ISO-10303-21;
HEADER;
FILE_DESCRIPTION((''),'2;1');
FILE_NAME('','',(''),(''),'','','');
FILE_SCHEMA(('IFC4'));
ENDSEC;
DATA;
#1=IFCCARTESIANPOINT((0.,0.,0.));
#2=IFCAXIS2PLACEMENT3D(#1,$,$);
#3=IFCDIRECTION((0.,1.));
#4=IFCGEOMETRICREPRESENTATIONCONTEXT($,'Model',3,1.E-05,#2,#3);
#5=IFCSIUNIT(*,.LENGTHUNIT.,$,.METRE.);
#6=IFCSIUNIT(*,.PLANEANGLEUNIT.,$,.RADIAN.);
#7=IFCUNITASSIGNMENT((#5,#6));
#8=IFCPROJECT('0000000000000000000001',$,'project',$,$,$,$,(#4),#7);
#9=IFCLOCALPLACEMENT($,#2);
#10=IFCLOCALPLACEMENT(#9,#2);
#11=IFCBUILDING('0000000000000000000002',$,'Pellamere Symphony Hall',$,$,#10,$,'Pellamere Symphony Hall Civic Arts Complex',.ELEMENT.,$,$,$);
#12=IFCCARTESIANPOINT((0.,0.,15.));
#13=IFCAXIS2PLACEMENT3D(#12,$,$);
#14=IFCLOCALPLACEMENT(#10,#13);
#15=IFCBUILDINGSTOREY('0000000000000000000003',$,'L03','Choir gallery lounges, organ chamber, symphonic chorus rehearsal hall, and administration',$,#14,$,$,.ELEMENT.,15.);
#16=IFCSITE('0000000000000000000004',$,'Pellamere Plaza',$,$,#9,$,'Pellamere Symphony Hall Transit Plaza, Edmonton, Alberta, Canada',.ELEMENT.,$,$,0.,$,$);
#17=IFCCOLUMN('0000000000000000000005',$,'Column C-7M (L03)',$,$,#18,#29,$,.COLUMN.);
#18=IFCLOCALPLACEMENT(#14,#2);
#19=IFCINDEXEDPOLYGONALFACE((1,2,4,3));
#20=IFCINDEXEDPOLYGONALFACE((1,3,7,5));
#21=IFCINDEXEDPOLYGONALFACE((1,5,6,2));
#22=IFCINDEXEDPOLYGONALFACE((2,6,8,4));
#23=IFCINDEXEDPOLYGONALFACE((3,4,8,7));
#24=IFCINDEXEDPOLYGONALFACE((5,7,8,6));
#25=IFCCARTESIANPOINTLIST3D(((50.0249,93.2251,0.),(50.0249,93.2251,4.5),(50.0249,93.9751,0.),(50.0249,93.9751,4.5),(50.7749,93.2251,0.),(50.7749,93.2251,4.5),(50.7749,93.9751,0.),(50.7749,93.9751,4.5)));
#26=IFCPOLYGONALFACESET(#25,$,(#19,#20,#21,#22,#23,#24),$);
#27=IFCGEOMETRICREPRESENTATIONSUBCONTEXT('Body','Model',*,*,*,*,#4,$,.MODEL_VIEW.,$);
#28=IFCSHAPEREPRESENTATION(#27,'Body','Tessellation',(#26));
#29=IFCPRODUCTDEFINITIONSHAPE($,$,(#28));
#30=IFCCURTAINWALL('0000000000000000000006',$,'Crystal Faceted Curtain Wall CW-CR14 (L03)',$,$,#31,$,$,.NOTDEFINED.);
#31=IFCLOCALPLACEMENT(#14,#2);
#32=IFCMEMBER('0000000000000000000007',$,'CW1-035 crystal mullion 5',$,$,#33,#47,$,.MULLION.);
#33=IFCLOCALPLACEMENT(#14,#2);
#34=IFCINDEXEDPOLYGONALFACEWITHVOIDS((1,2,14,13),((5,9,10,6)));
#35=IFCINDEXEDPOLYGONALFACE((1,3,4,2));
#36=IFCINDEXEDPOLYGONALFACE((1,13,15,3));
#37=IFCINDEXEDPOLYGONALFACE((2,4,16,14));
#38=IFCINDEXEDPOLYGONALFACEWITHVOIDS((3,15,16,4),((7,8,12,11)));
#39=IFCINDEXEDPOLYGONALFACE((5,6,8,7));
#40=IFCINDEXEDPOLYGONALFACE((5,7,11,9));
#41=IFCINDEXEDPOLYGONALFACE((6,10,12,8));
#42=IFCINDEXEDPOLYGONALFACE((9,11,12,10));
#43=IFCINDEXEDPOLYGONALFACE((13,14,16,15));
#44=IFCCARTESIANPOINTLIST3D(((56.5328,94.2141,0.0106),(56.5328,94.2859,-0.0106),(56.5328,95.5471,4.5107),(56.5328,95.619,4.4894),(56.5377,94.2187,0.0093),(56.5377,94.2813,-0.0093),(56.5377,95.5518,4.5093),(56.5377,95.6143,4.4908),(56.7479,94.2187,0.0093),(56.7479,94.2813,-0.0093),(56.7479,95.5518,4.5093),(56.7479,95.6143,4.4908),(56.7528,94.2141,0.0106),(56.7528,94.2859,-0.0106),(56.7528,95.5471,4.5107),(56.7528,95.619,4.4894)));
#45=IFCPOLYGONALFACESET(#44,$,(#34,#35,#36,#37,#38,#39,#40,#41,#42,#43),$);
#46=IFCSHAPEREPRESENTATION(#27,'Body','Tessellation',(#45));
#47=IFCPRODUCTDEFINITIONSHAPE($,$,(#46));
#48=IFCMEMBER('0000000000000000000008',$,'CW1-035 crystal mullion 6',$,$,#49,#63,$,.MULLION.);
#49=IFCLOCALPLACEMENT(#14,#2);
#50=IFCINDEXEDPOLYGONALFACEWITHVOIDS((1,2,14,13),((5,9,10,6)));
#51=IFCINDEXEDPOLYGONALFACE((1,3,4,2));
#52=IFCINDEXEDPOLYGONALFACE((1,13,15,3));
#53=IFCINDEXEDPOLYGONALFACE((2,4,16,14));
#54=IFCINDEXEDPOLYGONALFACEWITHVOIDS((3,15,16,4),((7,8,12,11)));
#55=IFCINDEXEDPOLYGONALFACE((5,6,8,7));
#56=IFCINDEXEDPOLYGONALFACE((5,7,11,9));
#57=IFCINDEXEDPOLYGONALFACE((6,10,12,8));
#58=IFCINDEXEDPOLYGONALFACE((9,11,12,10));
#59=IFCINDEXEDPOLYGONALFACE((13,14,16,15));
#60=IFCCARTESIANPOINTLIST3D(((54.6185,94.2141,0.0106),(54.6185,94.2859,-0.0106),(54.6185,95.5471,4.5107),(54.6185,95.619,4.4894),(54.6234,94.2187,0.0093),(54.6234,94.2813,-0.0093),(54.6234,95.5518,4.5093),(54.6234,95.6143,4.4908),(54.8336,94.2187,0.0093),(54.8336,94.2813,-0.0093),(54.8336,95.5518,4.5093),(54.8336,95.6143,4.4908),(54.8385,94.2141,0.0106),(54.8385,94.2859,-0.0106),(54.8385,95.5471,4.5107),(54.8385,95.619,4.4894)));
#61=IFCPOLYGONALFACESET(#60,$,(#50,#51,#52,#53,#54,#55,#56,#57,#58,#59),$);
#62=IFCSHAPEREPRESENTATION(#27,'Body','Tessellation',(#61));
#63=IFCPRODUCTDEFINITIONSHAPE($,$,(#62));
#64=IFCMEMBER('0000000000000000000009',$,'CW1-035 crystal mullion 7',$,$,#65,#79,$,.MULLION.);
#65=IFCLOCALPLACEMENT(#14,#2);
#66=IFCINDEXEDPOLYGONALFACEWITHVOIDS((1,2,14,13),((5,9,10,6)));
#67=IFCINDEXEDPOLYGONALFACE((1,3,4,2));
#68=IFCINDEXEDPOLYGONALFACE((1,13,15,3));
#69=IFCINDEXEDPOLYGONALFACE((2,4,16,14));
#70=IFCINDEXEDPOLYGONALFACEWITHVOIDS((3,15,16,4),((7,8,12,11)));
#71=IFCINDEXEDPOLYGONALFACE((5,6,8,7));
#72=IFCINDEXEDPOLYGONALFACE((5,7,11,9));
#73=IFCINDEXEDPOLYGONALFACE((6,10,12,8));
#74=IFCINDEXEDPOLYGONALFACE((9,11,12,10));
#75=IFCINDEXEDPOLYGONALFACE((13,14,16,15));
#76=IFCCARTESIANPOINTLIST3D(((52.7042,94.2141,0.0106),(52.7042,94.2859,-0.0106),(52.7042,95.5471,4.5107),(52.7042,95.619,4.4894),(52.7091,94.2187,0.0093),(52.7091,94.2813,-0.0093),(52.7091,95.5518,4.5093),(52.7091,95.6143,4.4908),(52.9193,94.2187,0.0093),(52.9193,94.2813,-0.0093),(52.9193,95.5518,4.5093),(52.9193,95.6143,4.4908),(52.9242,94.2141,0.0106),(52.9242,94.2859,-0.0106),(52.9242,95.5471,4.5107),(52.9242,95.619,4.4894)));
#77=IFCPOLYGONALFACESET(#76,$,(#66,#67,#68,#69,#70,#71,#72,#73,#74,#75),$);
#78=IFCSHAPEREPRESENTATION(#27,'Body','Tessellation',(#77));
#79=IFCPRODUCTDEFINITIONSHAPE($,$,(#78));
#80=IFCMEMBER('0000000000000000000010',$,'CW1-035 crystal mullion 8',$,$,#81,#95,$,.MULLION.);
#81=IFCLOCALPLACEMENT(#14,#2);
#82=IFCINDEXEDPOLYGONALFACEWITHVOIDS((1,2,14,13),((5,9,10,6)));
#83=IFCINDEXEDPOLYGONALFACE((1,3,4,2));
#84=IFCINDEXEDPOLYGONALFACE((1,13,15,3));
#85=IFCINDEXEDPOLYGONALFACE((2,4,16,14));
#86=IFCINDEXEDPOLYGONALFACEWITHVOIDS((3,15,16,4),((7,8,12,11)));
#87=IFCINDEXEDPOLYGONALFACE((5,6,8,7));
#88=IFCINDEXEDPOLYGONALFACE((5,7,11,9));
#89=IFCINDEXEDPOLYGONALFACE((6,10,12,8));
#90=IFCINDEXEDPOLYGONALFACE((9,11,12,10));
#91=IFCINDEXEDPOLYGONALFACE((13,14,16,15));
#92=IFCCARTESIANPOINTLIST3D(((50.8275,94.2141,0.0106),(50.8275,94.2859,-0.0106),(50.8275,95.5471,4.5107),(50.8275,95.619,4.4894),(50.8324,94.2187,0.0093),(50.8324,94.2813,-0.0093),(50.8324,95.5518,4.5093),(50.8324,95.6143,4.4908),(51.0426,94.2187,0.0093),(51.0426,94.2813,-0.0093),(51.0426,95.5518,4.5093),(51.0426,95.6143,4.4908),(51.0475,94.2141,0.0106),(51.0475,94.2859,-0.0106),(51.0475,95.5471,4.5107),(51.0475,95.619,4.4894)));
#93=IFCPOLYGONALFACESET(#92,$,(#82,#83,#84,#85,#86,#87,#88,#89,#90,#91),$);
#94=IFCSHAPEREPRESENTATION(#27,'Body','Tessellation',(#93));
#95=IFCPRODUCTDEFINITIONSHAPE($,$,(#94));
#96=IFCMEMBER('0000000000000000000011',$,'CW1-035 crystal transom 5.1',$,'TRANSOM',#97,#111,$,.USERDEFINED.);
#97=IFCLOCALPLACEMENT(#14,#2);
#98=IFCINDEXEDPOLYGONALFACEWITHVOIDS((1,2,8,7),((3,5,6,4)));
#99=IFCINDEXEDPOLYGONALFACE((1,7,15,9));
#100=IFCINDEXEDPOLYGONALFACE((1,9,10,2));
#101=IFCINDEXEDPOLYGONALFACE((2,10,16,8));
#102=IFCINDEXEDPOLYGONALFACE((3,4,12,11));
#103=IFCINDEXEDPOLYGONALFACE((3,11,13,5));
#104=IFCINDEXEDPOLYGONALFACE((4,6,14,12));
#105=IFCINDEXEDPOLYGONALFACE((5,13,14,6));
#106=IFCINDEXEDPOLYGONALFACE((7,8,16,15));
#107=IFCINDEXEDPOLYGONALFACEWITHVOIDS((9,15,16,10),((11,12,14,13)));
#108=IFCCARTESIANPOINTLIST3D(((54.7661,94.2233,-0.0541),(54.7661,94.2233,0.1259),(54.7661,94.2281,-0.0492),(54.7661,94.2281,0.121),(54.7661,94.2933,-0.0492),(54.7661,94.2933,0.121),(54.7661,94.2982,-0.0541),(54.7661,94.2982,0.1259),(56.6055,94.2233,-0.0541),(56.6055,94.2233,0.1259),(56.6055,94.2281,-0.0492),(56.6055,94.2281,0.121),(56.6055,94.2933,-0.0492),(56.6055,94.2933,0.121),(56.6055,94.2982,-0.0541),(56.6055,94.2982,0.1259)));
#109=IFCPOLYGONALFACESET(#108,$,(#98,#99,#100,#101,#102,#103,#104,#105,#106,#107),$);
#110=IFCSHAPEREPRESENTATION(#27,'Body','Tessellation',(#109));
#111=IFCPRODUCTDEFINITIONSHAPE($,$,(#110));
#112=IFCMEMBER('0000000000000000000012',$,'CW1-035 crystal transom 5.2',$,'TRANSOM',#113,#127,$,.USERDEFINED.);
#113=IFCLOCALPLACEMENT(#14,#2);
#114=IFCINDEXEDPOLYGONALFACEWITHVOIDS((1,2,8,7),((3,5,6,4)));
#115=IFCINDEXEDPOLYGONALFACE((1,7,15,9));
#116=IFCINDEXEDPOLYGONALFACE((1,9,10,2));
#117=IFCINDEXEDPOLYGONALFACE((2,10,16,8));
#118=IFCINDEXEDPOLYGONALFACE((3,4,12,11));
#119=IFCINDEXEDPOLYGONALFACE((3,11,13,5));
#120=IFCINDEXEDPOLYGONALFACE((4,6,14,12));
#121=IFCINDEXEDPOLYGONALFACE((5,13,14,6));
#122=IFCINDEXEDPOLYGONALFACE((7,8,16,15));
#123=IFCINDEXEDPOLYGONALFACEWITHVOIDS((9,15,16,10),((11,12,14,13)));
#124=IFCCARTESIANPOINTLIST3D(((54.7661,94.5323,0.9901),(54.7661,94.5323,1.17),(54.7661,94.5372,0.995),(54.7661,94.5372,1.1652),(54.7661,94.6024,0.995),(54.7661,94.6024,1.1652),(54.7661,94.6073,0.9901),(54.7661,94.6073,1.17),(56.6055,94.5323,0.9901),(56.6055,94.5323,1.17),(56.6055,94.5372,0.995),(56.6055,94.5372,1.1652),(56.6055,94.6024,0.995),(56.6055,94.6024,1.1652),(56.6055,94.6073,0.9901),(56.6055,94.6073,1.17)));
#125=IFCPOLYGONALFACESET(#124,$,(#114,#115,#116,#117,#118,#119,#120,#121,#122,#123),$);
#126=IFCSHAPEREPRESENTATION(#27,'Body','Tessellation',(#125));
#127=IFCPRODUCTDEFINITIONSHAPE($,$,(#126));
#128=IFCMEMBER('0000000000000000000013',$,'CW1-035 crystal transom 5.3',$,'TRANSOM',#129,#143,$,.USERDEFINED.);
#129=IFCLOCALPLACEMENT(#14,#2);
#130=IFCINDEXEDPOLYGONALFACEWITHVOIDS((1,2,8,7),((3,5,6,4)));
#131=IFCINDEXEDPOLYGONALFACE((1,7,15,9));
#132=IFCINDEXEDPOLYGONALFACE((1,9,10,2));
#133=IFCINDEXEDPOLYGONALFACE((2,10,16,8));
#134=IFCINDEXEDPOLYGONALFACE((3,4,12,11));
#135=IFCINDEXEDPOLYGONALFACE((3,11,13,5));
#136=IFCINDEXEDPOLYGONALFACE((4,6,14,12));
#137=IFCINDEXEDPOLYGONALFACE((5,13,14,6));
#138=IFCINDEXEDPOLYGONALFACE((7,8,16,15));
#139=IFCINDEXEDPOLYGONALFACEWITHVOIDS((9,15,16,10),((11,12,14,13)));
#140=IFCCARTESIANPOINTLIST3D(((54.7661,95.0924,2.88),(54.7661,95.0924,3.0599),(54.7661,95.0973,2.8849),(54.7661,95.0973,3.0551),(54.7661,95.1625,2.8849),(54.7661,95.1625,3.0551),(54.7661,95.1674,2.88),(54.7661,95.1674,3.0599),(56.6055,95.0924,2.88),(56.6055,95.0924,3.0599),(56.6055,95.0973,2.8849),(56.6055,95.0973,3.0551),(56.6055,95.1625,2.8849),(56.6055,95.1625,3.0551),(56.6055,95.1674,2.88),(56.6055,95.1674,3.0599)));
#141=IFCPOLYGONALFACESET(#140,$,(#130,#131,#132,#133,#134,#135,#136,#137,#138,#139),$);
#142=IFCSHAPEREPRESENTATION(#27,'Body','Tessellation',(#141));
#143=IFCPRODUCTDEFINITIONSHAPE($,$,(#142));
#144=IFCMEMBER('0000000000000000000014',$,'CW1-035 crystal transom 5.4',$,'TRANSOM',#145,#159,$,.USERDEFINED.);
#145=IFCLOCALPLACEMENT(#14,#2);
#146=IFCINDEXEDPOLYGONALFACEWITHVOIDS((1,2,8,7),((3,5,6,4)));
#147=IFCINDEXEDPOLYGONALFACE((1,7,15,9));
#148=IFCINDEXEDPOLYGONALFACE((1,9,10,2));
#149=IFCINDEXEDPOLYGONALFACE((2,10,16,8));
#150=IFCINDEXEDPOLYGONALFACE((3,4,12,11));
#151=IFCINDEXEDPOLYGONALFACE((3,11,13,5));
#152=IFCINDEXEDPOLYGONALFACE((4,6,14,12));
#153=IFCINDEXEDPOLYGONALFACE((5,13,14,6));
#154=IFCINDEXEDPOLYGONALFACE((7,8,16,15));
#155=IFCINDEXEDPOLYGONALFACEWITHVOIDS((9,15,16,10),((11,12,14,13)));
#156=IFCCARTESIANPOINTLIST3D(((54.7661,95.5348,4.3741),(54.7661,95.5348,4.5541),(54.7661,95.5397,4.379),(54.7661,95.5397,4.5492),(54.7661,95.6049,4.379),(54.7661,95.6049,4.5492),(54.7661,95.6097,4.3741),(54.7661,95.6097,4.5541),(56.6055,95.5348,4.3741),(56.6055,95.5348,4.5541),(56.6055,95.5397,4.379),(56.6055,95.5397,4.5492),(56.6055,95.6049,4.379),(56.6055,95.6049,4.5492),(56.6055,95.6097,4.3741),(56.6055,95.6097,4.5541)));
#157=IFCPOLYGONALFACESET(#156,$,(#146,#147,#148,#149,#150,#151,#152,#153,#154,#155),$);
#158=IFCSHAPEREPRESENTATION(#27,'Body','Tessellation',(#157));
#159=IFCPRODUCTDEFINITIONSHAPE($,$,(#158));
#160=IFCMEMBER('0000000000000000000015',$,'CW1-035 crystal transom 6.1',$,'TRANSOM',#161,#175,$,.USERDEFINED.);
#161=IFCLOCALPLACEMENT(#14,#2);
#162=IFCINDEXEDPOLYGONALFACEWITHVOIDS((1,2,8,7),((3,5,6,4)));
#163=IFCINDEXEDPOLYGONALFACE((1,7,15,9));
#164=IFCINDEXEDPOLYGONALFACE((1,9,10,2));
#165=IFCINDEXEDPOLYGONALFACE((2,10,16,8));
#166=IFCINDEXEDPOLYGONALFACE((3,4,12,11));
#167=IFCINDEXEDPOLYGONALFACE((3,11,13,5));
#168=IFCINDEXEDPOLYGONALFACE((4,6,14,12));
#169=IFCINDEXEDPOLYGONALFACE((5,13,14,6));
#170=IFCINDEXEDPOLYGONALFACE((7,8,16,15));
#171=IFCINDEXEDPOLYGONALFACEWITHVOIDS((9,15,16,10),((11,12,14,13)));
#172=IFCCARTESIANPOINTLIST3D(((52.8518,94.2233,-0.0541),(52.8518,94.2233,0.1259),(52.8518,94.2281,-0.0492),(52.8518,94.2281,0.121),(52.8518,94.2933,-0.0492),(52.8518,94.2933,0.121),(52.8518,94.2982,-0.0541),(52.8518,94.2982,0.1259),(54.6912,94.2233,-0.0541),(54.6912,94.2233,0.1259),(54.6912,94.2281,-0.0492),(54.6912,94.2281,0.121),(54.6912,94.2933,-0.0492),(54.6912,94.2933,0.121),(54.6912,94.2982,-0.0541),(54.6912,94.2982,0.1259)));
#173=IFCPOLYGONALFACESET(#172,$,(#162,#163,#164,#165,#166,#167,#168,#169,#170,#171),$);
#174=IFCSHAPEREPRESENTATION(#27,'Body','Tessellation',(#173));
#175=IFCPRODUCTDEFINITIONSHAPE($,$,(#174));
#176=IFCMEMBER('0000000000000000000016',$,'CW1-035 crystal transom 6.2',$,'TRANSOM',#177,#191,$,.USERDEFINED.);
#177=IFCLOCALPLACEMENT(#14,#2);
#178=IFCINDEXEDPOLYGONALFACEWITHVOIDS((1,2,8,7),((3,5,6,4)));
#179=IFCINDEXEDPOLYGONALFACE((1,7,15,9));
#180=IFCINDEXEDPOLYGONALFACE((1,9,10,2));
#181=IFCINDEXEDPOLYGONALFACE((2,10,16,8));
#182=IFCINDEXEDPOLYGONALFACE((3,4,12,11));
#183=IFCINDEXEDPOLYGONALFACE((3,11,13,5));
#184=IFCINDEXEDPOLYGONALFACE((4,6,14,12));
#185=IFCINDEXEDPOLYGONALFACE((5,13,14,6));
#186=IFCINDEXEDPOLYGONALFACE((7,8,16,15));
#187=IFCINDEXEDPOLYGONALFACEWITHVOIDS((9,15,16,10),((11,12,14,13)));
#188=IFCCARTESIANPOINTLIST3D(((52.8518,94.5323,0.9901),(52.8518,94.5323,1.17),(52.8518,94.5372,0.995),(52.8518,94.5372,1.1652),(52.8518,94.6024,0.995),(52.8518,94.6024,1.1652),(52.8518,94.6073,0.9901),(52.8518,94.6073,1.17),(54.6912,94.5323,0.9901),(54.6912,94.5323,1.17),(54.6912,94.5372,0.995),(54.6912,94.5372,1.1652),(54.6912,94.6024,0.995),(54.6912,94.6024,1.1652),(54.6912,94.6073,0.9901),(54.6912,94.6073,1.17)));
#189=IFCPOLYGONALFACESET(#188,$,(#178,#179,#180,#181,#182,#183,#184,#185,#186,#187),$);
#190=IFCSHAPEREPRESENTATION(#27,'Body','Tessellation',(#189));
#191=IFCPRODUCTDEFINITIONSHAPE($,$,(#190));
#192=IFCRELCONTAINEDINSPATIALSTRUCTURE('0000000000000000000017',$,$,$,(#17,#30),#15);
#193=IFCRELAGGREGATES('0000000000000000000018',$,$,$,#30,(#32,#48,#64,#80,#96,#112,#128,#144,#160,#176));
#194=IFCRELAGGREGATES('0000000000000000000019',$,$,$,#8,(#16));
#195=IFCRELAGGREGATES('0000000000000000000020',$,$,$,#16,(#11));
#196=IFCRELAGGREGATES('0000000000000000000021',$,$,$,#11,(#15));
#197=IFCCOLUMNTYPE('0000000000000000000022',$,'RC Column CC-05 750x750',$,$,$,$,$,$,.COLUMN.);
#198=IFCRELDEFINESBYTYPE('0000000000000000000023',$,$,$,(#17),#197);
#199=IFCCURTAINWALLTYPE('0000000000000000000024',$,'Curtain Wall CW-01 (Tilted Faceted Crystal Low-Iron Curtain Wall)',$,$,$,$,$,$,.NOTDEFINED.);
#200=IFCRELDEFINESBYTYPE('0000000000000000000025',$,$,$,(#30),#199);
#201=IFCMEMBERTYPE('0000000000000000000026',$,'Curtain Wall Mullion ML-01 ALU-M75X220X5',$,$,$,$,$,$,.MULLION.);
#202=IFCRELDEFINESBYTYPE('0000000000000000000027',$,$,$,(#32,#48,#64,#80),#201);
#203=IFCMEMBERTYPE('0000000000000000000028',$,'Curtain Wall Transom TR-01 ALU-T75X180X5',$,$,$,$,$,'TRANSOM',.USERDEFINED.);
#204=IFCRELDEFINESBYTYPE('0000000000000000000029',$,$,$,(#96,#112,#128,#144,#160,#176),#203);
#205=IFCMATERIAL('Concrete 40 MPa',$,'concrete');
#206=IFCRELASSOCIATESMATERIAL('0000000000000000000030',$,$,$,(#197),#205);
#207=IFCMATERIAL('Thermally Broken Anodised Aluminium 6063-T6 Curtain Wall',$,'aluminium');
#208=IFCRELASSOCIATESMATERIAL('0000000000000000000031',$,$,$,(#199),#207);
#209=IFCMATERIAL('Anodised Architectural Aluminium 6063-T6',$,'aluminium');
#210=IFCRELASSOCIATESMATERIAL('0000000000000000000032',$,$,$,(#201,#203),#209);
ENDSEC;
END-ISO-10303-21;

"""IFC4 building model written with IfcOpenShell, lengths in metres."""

from ifc_helpers import new_model, si_unit, direction, frame, origin, origin_2d, place, context, subcontext, project, spatial, rectangle, hollow_rectangle, extrude, material, material_profile, profile_set, type_object, element, aggregate, save


model = new_model("IFC4")

# Units and contexts
model_context = context("Model", 3, precision=1e-05, world=origin(), true_north=direction((0.0, 1.0)))
body_context = subcontext(model_context, "Body", "Model", "MODEL_VIEW")
ifc_project = project(units=[si_unit("LENGTHUNIT", "METRE"), si_unit("PLANEANGLEUNIT", "RADIAN")], contexts=[model_context])

# Site, building, storey
site_placement = place(None, origin())
site = spatial("IfcSite", under=ifc_project, at=site_placement, Name="Pellamere Plaza", LongName="Pellamere Symphony Hall Transit Plaza, Edmonton, Alberta, Canada", CompositionType="ELEMENT", RefElevation=0.0)
building_placement = place(site_placement, origin())
building = spatial("IfcBuilding", under=site, at=building_placement, Name="Pellamere Symphony Hall", LongName="Pellamere Symphony Hall Civic Arts Complex", CompositionType="ELEMENT")
storey_placement = place(building_placement, frame((0.0, 0.0, 15.0)))
storey = spatial("IfcBuildingStorey", under=building, at=storey_placement, Name="L03", Description="Choir gallery lounges, organ chamber, symphonic chorus rehearsal hall, and administration", CompositionType="ELEMENT", Elevation=15.0)

# Column
ifc_material_1 = material(Name="Concrete 40 MPa", Category="concrete")
ifc_material_profile_1 = material_profile(ifc_material_1, rectangle(XDim=0.75, YDim=0.75, at=origin_2d()), Name="RC 750x750")
ifc_profile_set_1 = profile_set([ifc_material_profile_1], Name="Concrete 40 MPa")
column_type = type_object("IfcColumnType", Name="RC Column CC-05 750x750", PredefinedType="COLUMN", material=ifc_profile_set_1)
column_placement = place(storey_placement, frame((50.3999, 93.6001, 0.0), z_axis=(0.0, 0.0, 1.0), x_axis=(1.0, 0.0, 0.0)))
element("IfcColumn", 1, at=column_placement, inside=storey, type_object=column_type, Name="Column C-7M (L03)", PredefinedType="COLUMN", context=body_context, shape_type="SweptSolid", body=[
    extrude(rectangle(XDim=0.75, YDim=0.75, at=origin_2d()), origin(), (0.0, 0.0, 1.0), 4.5),
])

# Curtain wall, members
ifc_material_2 = material(Name="Thermally Broken Anodised Aluminium 6063-T6 Curtain Wall", Category="aluminium")
curtain_wall_type = type_object("IfcCurtainWallType", Name="Curtain Wall CW-01 (Tilted Faceted Crystal Low-Iron Curtain Wall)", PredefinedType="NOTDEFINED", material=ifc_material_2)
curtain_wall_placement = place(storey_placement, origin())
curtain_wall = element("IfcCurtainWall", 2, at=curtain_wall_placement, inside=storey, type_object=curtain_wall_type, Name="Crystal Faceted Curtain Wall CW-CR14 (L03)", PredefinedType="NOTDEFINED")
ifc_material_3 = material(Name="Anodised Architectural Aluminium 6063-T6", Category="aluminium")
ifc_material_profile_2 = material_profile(ifc_material_3, hollow_rectangle(XDim=0.075, YDim=0.22, WallThickness=0.0049, at=origin_2d()), Name="ALU-M75X220X5")
ifc_profile_set_2 = profile_set([ifc_material_profile_2], Name="Anodised Architectural Aluminium 6063-T6")
member_type_1 = type_object("IfcMemberType", Name="Curtain Wall Mullion ML-01 ALU-M75X220X5", PredefinedType="MULLION", material=ifc_profile_set_2)
member_1_placement = place(storey_placement, frame((56.6428, 94.25, 0.0), z_axis=(0.0, 0.284025, 0.958817), x_axis=(0.0, 0.958817, -0.284025)))
member_1 = element("IfcMember", 3, at=member_1_placement, type_object=member_type_1, Name="CW1-035 crystal mullion 5", PredefinedType="MULLION", context=body_context, shape_type="SweptSolid", body=[
    extrude(hollow_rectangle(XDim=0.075, YDim=0.22, WallThickness=0.0049, at=origin_2d()), origin(), (0.0, 0.0, 1.0), 4.6934),
])
member_2_placement = place(storey_placement, frame((54.7285, 94.25, 0.0), z_axis=(0.0, 0.284025, 0.958817), x_axis=(0.0, 0.958817, -0.284025)))
member_2 = element("IfcMember", 4, at=member_2_placement, type_object=member_type_1, Name="CW1-035 crystal mullion 6", PredefinedType="MULLION", context=body_context, shape_type="SweptSolid", body=[
    extrude(hollow_rectangle(XDim=0.075, YDim=0.22, WallThickness=0.0049, at=origin_2d()), origin(), (0.0, 0.0, 1.0), 4.6934),
])
member_3_placement = place(storey_placement, frame((52.8142, 94.25, 0.0), z_axis=(0.0, 0.284025, 0.958817), x_axis=(0.0, 0.958817, -0.284025)))
member_3 = element("IfcMember", 5, at=member_3_placement, type_object=member_type_1, Name="CW1-035 crystal mullion 7", PredefinedType="MULLION", context=body_context, shape_type="SweptSolid", body=[
    extrude(hollow_rectangle(XDim=0.075, YDim=0.22, WallThickness=0.0049, at=origin_2d()), origin(), (0.0, 0.0, 1.0), 4.6934),
])
member_4_placement = place(storey_placement, frame((50.9375, 94.25, 0.0), z_axis=(0.0, 0.284025, 0.958817), x_axis=(0.0, 0.958817, -0.284025)))
member_4 = element("IfcMember", 6, at=member_4_placement, type_object=member_type_1, Name="CW1-035 crystal mullion 8", PredefinedType="MULLION", context=body_context, shape_type="SweptSolid", body=[
    extrude(hollow_rectangle(XDim=0.075, YDim=0.22, WallThickness=0.0049, at=origin_2d()), origin(), (0.0, 0.0, 1.0), 4.6934),
])
ifc_material_profile_3 = material_profile(ifc_material_3, hollow_rectangle(XDim=0.075, YDim=0.1799, WallThickness=0.0049, at=origin_2d()), Name="ALU-T75X180X5")
ifc_profile_set_3 = profile_set([ifc_material_profile_3], Name="Anodised Architectural Aluminium 6063-T6")
member_type_2 = type_object("IfcMemberType", Name="Curtain Wall Transom TR-01 ALU-T75X180X5", ElementType="TRANSOM", PredefinedType="USERDEFINED", material=ifc_profile_set_3)
member_5_placement = place(storey_placement, frame((56.6055, 94.2607, 0.0359), z_axis=(-1.0, 0.0, 0.0), x_axis=(0.0, -1.0, 0.0)))
member_5 = element("IfcMember", 7, at=member_5_placement, type_object=member_type_2, Name="CW1-035 crystal transom 5.1", ObjectType="TRANSOM", PredefinedType="USERDEFINED", context=body_context, shape_type="SweptSolid", body=[
    extrude(hollow_rectangle(XDim=0.075, YDim=0.1799, WallThickness=0.0049, at=origin_2d()), origin(), (0.0, 0.0, 1.0), 1.8394),
])
member_6_placement = place(storey_placement, frame((56.6055, 94.5698, 1.0801), z_axis=(-1.0, 0.0, 0.0), x_axis=(0.0, -1.0, 0.0)))
member_6 = element("IfcMember", 8, at=member_6_placement, type_object=member_type_2, Name="CW1-035 crystal transom 5.2", ObjectType="TRANSOM", PredefinedType="USERDEFINED", context=body_context, shape_type="SweptSolid", body=[
    extrude(hollow_rectangle(XDim=0.075, YDim=0.1799, WallThickness=0.0049, at=origin_2d()), origin(), (0.0, 0.0, 1.0), 1.8394),
])
member_7_placement = place(storey_placement, frame((56.6055, 95.1299, 2.97), z_axis=(-1.0, 0.0, 0.0), x_axis=(0.0, -1.0, 0.0)))
member_7 = element("IfcMember", 9, at=member_7_placement, type_object=member_type_2, Name="CW1-035 crystal transom 5.3", ObjectType="TRANSOM", PredefinedType="USERDEFINED", context=body_context, shape_type="SweptSolid", body=[
    extrude(hollow_rectangle(XDim=0.075, YDim=0.1799, WallThickness=0.0049, at=origin_2d()), origin(), (0.0, 0.0, 1.0), 1.8394),
])
member_8_placement = place(storey_placement, frame((56.6055, 95.5723, 4.4641), z_axis=(-1.0, 0.0, 0.0), x_axis=(0.0, -1.0, 0.0)))
member_8 = element("IfcMember", 10, at=member_8_placement, type_object=member_type_2, Name="CW1-035 crystal transom 5.4", ObjectType="TRANSOM", PredefinedType="USERDEFINED", context=body_context, shape_type="SweptSolid", body=[
    extrude(hollow_rectangle(XDim=0.075, YDim=0.1799, WallThickness=0.0049, at=origin_2d()), origin(), (0.0, 0.0, 1.0), 1.8394),
])
member_9_placement = place(storey_placement, frame((54.6912, 94.2607, 0.0359), z_axis=(-1.0, 0.0, 0.0), x_axis=(0.0, -1.0, 0.0)))
member_9 = element("IfcMember", 11, at=member_9_placement, type_object=member_type_2, Name="CW1-035 crystal transom 6.1", ObjectType="TRANSOM", PredefinedType="USERDEFINED", context=body_context, shape_type="SweptSolid", body=[
    extrude(hollow_rectangle(XDim=0.075, YDim=0.1799, WallThickness=0.0049, at=origin_2d()), origin(), (0.0, 0.0, 1.0), 1.8394),
])
member_10_placement = place(storey_placement, frame((54.6912, 94.5698, 1.0801), z_axis=(-1.0, 0.0, 0.0), x_axis=(0.0, -1.0, 0.0)))
member_10 = element("IfcMember", 12, at=member_10_placement, type_object=member_type_2, Name="CW1-035 crystal transom 6.2", ObjectType="TRANSOM", PredefinedType="USERDEFINED", context=body_context, shape_type="SweptSolid", body=[
    extrude(hollow_rectangle(XDim=0.075, YDim=0.1799, WallThickness=0.0049, at=origin_2d()), origin(), (0.0, 0.0, 1.0), 1.8394),
])

aggregate(curtain_wall, [member_1, member_2, member_3, member_4, member_5, member_6, member_7, member_8, member_9, member_10])

save(model, "model.ifc")
